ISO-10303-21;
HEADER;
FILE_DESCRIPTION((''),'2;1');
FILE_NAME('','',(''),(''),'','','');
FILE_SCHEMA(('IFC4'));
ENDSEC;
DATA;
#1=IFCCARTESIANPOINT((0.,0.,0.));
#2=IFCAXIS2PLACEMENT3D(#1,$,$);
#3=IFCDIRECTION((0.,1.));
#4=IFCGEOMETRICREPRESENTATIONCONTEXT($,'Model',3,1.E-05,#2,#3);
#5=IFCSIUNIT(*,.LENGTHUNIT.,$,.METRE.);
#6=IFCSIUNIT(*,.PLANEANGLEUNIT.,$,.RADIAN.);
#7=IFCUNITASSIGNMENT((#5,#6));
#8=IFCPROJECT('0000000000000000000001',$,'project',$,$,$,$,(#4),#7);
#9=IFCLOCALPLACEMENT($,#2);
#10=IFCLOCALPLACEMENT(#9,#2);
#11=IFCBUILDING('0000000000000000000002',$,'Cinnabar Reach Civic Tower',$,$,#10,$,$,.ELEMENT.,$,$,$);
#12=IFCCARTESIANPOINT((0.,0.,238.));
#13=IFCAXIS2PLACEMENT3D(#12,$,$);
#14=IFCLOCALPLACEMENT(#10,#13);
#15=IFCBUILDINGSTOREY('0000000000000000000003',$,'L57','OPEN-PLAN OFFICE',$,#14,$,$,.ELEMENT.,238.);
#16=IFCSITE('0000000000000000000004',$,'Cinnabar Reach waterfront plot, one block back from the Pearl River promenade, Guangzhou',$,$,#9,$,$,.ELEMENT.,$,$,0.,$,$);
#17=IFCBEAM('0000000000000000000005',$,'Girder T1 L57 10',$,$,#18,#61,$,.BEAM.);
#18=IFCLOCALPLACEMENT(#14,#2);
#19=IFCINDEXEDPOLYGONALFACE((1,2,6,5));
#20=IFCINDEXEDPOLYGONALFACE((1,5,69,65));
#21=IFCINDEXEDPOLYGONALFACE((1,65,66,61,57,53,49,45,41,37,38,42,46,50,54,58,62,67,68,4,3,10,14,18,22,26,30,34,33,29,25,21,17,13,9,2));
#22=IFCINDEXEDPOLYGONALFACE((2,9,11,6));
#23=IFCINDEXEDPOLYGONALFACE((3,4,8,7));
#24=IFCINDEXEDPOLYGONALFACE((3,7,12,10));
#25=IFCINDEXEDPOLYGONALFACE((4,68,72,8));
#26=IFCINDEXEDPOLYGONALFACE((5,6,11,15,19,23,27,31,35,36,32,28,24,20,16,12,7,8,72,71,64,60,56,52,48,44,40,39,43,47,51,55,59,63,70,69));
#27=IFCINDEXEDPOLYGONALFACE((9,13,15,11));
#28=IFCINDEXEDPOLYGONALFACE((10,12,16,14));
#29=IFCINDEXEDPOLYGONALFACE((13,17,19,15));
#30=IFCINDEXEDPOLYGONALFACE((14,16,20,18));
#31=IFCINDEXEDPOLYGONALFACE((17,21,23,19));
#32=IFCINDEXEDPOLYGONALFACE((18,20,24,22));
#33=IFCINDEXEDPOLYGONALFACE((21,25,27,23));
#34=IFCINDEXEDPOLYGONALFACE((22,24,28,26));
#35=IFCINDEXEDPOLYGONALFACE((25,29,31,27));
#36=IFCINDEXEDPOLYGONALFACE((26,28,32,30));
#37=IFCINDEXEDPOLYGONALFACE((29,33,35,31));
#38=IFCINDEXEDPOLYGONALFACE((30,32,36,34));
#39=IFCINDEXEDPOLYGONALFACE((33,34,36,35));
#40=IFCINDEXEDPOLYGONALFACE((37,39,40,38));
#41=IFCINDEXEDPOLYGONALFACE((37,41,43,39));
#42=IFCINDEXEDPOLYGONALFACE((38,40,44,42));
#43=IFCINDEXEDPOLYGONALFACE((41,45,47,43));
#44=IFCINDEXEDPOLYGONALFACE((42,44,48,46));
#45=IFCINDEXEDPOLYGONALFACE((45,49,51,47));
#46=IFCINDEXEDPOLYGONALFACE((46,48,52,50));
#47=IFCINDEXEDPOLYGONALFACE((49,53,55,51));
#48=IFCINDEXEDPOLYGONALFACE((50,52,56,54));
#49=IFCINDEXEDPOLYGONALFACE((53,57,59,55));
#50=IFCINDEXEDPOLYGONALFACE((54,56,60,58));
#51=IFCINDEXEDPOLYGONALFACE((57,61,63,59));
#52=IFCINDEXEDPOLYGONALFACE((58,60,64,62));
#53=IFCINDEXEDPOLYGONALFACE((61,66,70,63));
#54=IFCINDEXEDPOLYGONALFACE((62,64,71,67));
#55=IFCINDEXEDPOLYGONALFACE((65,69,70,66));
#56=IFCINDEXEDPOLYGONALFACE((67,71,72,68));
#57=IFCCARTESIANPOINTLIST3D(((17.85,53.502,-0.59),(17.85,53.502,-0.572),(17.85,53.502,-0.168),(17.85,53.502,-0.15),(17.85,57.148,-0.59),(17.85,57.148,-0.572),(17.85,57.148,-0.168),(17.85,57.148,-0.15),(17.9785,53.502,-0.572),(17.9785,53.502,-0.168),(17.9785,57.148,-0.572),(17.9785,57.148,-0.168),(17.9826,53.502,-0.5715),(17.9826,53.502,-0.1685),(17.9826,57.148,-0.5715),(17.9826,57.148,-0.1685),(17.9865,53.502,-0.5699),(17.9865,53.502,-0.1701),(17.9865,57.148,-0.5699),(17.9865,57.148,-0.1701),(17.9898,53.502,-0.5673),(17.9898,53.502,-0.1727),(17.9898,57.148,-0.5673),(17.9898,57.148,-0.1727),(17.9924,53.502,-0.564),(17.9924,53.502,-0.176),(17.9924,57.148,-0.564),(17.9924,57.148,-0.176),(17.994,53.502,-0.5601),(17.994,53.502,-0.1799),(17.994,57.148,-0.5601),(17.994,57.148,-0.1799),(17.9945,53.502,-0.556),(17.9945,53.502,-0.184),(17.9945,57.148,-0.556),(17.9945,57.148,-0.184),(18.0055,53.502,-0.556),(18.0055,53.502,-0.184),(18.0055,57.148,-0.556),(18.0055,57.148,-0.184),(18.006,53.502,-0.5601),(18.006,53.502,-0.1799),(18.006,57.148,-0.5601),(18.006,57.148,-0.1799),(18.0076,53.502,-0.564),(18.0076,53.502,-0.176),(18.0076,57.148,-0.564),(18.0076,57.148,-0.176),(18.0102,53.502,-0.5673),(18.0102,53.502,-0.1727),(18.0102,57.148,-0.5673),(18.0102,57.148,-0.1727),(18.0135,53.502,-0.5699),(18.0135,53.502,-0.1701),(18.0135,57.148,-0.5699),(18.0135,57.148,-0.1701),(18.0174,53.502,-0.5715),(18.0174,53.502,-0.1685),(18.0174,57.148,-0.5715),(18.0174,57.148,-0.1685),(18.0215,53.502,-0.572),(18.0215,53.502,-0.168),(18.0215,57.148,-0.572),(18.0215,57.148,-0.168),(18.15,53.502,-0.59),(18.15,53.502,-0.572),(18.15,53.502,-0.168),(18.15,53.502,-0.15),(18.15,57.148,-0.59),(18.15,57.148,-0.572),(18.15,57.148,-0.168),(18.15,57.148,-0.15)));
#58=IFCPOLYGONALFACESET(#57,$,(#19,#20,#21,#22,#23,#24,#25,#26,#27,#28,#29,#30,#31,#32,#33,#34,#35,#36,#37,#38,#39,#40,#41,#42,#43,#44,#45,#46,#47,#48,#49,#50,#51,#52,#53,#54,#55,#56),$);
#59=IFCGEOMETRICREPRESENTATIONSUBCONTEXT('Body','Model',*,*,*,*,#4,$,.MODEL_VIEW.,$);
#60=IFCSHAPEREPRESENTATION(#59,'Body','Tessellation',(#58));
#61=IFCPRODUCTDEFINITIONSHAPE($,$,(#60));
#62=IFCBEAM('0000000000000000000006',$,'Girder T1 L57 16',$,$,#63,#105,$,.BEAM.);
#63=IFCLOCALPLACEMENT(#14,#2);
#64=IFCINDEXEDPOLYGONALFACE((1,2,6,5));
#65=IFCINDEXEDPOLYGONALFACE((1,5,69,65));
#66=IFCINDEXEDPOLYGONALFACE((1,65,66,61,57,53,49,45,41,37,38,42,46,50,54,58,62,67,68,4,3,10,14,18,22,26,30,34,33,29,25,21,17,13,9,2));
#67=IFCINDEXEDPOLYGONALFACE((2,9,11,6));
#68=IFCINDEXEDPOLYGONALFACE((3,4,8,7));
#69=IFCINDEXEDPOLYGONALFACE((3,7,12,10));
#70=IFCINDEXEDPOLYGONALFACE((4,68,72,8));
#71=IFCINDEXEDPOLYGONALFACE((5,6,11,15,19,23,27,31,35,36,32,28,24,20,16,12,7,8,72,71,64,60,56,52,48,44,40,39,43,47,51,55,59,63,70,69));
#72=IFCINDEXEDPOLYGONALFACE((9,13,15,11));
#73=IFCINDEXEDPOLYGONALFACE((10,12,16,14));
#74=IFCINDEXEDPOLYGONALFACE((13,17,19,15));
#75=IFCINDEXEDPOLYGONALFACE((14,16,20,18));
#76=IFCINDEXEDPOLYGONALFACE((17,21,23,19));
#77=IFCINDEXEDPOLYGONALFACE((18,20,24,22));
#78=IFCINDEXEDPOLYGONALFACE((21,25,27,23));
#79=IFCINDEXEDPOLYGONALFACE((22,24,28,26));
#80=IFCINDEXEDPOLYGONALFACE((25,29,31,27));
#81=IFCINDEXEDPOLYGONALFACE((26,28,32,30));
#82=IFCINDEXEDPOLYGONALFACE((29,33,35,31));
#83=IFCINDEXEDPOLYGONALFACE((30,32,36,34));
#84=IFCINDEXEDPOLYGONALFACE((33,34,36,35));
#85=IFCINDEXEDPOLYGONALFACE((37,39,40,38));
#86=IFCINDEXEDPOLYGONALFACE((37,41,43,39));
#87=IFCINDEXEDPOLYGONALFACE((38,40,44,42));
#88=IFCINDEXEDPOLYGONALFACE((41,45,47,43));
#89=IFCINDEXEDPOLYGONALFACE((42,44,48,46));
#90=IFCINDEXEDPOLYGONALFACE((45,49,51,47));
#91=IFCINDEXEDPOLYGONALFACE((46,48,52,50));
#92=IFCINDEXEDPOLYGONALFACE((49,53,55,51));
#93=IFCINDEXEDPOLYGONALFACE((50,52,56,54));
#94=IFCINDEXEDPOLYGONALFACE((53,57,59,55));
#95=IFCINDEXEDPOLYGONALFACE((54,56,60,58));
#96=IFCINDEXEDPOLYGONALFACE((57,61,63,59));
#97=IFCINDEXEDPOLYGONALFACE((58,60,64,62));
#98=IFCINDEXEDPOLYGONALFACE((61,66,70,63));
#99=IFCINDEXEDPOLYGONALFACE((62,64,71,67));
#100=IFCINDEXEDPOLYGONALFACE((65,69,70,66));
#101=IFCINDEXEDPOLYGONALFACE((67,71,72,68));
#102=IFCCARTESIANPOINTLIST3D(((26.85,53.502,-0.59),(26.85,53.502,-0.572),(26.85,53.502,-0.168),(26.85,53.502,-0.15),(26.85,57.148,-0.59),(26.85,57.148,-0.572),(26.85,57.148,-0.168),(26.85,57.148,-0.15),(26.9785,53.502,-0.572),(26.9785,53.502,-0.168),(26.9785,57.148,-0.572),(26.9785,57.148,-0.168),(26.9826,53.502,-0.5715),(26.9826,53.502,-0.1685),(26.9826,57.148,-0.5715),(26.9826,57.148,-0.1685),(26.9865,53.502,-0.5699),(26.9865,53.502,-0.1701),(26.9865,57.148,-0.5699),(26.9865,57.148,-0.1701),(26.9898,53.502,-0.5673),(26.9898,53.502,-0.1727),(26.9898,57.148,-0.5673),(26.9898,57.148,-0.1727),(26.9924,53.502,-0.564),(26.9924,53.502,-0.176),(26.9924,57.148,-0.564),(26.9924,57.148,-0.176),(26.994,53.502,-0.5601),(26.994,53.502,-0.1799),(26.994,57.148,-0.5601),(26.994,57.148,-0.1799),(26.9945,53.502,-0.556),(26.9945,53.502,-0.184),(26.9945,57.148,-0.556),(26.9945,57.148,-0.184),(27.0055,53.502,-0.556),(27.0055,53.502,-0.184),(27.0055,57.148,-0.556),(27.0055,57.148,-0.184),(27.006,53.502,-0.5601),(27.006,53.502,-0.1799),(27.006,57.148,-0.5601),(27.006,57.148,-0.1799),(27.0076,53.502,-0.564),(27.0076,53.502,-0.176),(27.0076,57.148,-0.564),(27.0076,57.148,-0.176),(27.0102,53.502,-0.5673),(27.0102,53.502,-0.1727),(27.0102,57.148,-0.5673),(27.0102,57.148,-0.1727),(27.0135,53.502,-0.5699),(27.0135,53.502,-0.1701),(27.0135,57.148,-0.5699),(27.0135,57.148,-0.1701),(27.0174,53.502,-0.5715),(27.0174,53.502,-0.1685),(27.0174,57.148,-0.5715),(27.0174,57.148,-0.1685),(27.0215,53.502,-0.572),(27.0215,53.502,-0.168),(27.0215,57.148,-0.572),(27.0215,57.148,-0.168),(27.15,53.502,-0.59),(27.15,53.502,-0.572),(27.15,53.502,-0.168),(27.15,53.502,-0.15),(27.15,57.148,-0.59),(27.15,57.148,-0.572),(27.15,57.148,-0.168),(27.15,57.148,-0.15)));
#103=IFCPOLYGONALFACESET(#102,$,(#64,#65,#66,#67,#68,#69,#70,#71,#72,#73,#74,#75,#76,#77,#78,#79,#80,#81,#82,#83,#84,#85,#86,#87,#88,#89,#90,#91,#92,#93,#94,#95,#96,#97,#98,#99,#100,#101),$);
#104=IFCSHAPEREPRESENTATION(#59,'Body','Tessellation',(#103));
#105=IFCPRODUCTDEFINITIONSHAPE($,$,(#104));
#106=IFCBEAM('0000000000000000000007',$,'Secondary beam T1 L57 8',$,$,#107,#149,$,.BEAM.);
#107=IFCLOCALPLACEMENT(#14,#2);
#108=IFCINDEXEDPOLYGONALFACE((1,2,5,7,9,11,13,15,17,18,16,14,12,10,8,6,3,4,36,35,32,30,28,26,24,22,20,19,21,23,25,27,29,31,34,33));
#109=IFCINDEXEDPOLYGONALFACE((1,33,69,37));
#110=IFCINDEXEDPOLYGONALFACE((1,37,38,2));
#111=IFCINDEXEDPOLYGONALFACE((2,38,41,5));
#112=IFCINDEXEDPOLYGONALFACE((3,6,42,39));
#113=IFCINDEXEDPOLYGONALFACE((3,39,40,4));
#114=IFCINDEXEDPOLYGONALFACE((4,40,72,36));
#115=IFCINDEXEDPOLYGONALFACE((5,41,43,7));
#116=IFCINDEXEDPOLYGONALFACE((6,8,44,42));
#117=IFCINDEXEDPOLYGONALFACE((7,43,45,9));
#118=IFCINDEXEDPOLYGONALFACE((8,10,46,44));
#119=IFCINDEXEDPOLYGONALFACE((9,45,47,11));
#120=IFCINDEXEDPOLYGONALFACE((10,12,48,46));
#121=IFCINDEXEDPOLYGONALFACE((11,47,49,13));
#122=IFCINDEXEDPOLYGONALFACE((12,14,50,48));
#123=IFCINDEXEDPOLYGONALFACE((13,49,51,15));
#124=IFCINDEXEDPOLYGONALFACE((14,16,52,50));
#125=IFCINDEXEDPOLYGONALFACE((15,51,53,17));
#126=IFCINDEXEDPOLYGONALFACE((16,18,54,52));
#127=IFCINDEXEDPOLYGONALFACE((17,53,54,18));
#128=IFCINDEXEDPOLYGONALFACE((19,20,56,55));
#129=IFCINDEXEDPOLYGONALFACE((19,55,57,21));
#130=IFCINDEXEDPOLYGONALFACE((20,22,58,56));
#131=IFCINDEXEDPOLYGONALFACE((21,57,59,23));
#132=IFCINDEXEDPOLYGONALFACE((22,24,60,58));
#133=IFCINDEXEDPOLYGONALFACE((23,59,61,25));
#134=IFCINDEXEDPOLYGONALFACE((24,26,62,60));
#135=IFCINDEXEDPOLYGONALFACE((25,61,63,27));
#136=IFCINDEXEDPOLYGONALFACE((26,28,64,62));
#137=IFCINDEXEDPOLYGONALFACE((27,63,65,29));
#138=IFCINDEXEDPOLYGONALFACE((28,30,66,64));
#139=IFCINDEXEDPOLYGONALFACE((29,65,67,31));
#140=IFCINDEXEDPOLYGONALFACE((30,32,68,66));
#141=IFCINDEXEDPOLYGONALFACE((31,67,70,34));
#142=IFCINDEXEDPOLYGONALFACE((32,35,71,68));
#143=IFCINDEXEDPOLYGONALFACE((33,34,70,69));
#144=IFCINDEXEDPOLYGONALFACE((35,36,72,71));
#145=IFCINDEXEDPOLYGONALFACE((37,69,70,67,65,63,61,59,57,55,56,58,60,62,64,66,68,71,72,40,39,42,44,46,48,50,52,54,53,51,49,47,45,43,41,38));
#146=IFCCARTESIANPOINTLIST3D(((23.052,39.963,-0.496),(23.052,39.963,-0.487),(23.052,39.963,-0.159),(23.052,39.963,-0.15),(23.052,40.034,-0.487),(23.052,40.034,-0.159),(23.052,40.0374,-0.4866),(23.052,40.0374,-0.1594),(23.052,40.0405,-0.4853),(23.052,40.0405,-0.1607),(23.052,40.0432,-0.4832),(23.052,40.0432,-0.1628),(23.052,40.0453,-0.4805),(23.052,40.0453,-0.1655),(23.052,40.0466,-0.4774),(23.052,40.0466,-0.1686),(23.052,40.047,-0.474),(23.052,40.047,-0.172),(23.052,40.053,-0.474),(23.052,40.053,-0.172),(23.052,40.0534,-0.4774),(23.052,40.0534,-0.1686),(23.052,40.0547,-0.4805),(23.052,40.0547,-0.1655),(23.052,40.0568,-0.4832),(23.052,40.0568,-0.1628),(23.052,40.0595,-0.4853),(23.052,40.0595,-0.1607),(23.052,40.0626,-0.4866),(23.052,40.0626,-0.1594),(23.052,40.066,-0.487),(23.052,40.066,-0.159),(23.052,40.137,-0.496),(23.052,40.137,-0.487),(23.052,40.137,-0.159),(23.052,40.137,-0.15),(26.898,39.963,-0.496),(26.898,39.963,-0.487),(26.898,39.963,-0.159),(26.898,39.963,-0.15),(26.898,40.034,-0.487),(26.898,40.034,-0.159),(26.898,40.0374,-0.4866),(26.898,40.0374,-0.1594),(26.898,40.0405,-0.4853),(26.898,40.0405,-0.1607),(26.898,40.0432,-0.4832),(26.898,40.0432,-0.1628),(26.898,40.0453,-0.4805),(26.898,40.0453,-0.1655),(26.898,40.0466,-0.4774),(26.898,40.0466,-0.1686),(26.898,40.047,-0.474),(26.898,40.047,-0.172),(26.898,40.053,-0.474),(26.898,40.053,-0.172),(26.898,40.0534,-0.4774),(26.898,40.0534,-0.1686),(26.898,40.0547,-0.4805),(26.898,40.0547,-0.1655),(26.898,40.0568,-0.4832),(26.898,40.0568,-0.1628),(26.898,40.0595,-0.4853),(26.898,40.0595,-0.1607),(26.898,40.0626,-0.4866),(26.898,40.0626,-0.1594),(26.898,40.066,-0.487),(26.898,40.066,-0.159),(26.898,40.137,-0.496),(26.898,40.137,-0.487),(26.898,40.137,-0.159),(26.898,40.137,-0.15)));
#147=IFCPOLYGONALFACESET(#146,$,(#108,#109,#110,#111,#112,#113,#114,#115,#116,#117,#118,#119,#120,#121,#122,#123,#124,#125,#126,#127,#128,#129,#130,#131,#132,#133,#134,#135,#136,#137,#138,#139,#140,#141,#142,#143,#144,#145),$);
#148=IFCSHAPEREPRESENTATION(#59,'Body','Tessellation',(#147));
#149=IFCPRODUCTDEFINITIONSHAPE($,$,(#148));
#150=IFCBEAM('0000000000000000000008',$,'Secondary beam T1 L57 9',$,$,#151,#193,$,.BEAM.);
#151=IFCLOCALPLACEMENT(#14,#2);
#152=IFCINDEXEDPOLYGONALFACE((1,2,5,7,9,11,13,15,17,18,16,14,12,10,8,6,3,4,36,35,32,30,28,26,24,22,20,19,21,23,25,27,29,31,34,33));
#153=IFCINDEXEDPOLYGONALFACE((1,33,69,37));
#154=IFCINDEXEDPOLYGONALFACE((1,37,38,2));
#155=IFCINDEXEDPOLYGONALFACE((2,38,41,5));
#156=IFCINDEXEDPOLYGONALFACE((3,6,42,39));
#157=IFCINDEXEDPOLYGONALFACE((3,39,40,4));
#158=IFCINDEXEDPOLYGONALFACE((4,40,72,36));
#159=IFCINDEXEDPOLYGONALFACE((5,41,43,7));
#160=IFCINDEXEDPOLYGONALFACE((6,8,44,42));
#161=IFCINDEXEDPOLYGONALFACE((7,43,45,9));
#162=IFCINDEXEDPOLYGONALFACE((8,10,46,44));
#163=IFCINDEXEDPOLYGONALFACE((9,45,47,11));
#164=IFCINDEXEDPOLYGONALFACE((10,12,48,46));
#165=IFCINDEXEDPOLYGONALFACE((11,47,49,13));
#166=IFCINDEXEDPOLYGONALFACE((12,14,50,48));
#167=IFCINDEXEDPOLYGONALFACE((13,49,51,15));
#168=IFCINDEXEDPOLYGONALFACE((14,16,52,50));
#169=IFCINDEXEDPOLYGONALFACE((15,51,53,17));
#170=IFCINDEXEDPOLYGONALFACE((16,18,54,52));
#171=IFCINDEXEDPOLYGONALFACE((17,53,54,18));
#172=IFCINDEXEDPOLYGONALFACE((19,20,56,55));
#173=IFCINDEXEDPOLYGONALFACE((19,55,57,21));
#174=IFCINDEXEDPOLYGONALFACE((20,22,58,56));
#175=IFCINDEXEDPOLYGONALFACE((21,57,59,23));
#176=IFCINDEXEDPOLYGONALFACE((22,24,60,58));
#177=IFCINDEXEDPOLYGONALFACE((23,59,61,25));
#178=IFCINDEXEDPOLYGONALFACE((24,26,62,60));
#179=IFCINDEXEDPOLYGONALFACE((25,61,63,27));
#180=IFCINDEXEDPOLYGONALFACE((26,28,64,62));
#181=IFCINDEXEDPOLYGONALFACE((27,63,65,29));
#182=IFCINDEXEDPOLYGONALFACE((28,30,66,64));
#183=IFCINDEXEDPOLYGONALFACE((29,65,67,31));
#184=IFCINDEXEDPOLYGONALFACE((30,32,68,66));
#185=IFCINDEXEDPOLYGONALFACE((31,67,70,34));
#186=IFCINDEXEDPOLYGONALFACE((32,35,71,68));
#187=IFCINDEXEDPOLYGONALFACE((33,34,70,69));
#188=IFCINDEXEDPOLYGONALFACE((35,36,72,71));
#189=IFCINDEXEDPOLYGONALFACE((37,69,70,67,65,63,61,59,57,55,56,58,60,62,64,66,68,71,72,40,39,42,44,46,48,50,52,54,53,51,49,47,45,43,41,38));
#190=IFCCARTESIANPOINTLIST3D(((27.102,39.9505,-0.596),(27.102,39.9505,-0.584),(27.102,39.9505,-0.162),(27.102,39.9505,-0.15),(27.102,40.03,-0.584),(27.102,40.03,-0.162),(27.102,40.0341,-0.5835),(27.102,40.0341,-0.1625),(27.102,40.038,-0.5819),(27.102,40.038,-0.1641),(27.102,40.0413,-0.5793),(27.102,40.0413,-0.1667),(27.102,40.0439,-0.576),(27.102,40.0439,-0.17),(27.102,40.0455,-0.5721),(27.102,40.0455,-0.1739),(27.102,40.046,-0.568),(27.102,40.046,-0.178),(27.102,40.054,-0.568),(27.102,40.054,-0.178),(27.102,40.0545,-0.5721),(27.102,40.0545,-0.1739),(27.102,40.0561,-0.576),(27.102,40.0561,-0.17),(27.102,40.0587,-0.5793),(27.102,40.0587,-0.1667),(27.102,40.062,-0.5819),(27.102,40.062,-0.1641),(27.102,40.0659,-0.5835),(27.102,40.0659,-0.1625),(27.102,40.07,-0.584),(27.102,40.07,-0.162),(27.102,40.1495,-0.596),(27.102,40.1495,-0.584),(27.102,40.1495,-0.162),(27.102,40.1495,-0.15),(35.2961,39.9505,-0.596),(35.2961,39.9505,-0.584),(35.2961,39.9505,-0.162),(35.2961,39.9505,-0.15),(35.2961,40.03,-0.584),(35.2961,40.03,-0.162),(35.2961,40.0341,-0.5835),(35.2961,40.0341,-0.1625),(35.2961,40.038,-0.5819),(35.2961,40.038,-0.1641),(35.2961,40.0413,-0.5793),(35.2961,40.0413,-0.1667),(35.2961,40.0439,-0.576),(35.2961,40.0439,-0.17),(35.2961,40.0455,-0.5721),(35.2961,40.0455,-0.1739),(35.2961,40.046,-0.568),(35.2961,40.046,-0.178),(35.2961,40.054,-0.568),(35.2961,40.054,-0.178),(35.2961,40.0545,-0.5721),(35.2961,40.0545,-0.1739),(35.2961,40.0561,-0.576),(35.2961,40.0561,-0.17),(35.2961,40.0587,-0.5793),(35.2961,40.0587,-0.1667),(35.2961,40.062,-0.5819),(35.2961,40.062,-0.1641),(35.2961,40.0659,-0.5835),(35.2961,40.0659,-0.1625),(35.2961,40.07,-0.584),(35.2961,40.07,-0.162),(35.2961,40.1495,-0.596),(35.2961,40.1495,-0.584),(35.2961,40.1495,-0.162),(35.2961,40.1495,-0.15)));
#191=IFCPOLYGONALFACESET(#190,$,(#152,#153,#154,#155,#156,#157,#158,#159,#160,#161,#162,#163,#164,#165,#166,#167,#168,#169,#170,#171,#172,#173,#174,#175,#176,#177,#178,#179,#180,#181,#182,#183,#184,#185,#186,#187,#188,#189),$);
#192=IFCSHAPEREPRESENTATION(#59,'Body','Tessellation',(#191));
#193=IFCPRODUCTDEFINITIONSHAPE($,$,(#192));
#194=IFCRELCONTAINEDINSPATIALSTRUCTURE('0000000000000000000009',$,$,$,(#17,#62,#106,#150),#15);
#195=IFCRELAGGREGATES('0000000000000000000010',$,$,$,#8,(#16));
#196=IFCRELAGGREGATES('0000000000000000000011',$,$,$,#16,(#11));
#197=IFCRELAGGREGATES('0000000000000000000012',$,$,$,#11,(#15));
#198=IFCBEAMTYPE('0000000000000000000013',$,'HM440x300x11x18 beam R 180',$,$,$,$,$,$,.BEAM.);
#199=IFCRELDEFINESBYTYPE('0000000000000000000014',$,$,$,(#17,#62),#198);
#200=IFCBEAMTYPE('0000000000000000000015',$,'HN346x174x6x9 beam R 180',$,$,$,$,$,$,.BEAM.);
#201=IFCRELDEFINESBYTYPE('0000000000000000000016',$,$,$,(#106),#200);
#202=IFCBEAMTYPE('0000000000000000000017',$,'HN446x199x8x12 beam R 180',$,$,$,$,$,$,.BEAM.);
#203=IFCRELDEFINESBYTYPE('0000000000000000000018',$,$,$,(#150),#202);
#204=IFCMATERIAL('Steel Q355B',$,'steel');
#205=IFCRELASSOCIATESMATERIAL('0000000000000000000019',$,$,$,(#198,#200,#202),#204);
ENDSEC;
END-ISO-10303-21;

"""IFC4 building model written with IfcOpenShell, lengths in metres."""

from ifc_helpers import new_model, si_unit, direction, frame, origin, origin_2d, place, context, subcontext, project, spatial, i_section, extrude, material, material_profile, profile_set, type_object, element, save


model = new_model("IFC4")

# Units and contexts
model_context = context("Model", 3, precision=1e-05, world=origin(), true_north=direction((0.0, 1.0)))
body_context = subcontext(model_context, "Body", "Model", "MODEL_VIEW")
ifc_project = project(units=[si_unit("LENGTHUNIT", "METRE"), si_unit("PLANEANGLEUNIT", "RADIAN")], contexts=[model_context])

# Site, building, storey
site_placement = place(None, origin())
site = spatial("IfcSite", under=ifc_project, at=site_placement, Name="Cinnabar Reach waterfront plot, one block back from the Pearl River promenade, Guangzhou", CompositionType="ELEMENT", RefElevation=0.0)
building_placement = place(site_placement, origin())
building = spatial("IfcBuilding", under=site, at=building_placement, Name="Cinnabar Reach Civic Tower", CompositionType="ELEMENT")
storey_placement = place(building_placement, frame((0.0, 0.0, 238.0)))
storey = spatial("IfcBuildingStorey", under=building, at=storey_placement, Name="L57", Description="OPEN-PLAN OFFICE", CompositionType="ELEMENT", Elevation=238.0)

# Beams
ifc_material_1 = material(Name="Steel Q355B", Category="steel")
ifc_material_profile_1 = material_profile(ifc_material_1, i_section(OverallWidth=0.3, OverallDepth=0.44, WebThickness=0.011, FlangeThickness=0.018, FilletRadius=0.016, at=origin_2d()), Name="HM440x300x11x18")
ifc_profile_set_1 = profile_set([ifc_material_profile_1], Name="Steel Q355B")
beam_type_1 = type_object("IfcBeamType", Name="HM440x300x11x18 beam R 180", PredefinedType="BEAM", material=ifc_profile_set_1)
for number, where, z_axis, x_axis, name in (
    (1, (18.0, 53.502, -0.37), (0.0, 1.0, 0.0), (-1.0, 0.0, 0.0), "Girder T1 L57 10"),
    (2, (27.0, 53.502, -0.37), (0.0, 1.0, 0.0), (-1.0, 0.0, 0.0), "Girder T1 L57 16"),
):
    element("IfcBeam", number, at=place(storey_placement, frame(where, z_axis=z_axis, x_axis=x_axis)), inside=storey, type_object=beam_type_1, Name=name, PredefinedType="BEAM", context=body_context, shape_type="SweptSolid", body=[
        extrude(i_section(OverallWidth=0.3, OverallDepth=0.44, WebThickness=0.011, FlangeThickness=0.018, FilletRadius=0.016, at=origin_2d()), origin(), (0.0, 0.0, 1.0), 3.646),
    ])
ifc_material_profile_2 = material_profile(ifc_material_1, i_section(OverallWidth=0.174, OverallDepth=0.346, WebThickness=0.006, FlangeThickness=0.009, FilletRadius=0.013, at=origin_2d()), Name="HN346x174x6x9")
ifc_profile_set_2 = profile_set([ifc_material_profile_2], Name="Steel Q355B")
beam_type_2 = type_object("IfcBeamType", Name="HN346x174x6x9 beam R 180", PredefinedType="BEAM", material=ifc_profile_set_2)
beam_1_placement = place(storey_placement, frame((23.052, 40.05, -0.323), z_axis=(1.0, 0.0, 0.0), x_axis=(0.0, 1.0, 0.0)))
element("IfcBeam", 3, at=beam_1_placement, inside=storey, type_object=beam_type_2, Name="Secondary beam T1 L57 8", PredefinedType="BEAM", context=body_context, shape_type="SweptSolid", body=[
    extrude(i_section(OverallWidth=0.174, OverallDepth=0.346, WebThickness=0.006, FlangeThickness=0.009, FilletRadius=0.013, at=origin_2d()), origin(), (0.0, 0.0, 1.0), 3.846),
])
ifc_material_profile_3 = material_profile(ifc_material_1, i_section(OverallWidth=0.199, OverallDepth=0.446, WebThickness=0.008, FlangeThickness=0.012, FilletRadius=0.016, at=origin_2d()), Name="HN446x199x8x12")
ifc_profile_set_3 = profile_set([ifc_material_profile_3], Name="Steel Q355B")
beam_type_3 = type_object("IfcBeamType", Name="HN446x199x8x12 beam R 180", PredefinedType="BEAM", material=ifc_profile_set_3)
beam_2_placement = place(storey_placement, frame((27.102, 40.05, -0.373), z_axis=(1.0, 0.0, 0.0), x_axis=(0.0, 1.0, 0.0)))
element("IfcBeam", 4, at=beam_2_placement, inside=storey, type_object=beam_type_3, Name="Secondary beam T1 L57 9", PredefinedType="BEAM", context=body_context, shape_type="SweptSolid", body=[
    extrude(i_section(OverallWidth=0.199, OverallDepth=0.446, WebThickness=0.008, FlangeThickness=0.012, FilletRadius=0.016, at=origin_2d()), origin(), (0.0, 0.0, 1.0), 8.1941),
])

save(model, "model.ifc")
